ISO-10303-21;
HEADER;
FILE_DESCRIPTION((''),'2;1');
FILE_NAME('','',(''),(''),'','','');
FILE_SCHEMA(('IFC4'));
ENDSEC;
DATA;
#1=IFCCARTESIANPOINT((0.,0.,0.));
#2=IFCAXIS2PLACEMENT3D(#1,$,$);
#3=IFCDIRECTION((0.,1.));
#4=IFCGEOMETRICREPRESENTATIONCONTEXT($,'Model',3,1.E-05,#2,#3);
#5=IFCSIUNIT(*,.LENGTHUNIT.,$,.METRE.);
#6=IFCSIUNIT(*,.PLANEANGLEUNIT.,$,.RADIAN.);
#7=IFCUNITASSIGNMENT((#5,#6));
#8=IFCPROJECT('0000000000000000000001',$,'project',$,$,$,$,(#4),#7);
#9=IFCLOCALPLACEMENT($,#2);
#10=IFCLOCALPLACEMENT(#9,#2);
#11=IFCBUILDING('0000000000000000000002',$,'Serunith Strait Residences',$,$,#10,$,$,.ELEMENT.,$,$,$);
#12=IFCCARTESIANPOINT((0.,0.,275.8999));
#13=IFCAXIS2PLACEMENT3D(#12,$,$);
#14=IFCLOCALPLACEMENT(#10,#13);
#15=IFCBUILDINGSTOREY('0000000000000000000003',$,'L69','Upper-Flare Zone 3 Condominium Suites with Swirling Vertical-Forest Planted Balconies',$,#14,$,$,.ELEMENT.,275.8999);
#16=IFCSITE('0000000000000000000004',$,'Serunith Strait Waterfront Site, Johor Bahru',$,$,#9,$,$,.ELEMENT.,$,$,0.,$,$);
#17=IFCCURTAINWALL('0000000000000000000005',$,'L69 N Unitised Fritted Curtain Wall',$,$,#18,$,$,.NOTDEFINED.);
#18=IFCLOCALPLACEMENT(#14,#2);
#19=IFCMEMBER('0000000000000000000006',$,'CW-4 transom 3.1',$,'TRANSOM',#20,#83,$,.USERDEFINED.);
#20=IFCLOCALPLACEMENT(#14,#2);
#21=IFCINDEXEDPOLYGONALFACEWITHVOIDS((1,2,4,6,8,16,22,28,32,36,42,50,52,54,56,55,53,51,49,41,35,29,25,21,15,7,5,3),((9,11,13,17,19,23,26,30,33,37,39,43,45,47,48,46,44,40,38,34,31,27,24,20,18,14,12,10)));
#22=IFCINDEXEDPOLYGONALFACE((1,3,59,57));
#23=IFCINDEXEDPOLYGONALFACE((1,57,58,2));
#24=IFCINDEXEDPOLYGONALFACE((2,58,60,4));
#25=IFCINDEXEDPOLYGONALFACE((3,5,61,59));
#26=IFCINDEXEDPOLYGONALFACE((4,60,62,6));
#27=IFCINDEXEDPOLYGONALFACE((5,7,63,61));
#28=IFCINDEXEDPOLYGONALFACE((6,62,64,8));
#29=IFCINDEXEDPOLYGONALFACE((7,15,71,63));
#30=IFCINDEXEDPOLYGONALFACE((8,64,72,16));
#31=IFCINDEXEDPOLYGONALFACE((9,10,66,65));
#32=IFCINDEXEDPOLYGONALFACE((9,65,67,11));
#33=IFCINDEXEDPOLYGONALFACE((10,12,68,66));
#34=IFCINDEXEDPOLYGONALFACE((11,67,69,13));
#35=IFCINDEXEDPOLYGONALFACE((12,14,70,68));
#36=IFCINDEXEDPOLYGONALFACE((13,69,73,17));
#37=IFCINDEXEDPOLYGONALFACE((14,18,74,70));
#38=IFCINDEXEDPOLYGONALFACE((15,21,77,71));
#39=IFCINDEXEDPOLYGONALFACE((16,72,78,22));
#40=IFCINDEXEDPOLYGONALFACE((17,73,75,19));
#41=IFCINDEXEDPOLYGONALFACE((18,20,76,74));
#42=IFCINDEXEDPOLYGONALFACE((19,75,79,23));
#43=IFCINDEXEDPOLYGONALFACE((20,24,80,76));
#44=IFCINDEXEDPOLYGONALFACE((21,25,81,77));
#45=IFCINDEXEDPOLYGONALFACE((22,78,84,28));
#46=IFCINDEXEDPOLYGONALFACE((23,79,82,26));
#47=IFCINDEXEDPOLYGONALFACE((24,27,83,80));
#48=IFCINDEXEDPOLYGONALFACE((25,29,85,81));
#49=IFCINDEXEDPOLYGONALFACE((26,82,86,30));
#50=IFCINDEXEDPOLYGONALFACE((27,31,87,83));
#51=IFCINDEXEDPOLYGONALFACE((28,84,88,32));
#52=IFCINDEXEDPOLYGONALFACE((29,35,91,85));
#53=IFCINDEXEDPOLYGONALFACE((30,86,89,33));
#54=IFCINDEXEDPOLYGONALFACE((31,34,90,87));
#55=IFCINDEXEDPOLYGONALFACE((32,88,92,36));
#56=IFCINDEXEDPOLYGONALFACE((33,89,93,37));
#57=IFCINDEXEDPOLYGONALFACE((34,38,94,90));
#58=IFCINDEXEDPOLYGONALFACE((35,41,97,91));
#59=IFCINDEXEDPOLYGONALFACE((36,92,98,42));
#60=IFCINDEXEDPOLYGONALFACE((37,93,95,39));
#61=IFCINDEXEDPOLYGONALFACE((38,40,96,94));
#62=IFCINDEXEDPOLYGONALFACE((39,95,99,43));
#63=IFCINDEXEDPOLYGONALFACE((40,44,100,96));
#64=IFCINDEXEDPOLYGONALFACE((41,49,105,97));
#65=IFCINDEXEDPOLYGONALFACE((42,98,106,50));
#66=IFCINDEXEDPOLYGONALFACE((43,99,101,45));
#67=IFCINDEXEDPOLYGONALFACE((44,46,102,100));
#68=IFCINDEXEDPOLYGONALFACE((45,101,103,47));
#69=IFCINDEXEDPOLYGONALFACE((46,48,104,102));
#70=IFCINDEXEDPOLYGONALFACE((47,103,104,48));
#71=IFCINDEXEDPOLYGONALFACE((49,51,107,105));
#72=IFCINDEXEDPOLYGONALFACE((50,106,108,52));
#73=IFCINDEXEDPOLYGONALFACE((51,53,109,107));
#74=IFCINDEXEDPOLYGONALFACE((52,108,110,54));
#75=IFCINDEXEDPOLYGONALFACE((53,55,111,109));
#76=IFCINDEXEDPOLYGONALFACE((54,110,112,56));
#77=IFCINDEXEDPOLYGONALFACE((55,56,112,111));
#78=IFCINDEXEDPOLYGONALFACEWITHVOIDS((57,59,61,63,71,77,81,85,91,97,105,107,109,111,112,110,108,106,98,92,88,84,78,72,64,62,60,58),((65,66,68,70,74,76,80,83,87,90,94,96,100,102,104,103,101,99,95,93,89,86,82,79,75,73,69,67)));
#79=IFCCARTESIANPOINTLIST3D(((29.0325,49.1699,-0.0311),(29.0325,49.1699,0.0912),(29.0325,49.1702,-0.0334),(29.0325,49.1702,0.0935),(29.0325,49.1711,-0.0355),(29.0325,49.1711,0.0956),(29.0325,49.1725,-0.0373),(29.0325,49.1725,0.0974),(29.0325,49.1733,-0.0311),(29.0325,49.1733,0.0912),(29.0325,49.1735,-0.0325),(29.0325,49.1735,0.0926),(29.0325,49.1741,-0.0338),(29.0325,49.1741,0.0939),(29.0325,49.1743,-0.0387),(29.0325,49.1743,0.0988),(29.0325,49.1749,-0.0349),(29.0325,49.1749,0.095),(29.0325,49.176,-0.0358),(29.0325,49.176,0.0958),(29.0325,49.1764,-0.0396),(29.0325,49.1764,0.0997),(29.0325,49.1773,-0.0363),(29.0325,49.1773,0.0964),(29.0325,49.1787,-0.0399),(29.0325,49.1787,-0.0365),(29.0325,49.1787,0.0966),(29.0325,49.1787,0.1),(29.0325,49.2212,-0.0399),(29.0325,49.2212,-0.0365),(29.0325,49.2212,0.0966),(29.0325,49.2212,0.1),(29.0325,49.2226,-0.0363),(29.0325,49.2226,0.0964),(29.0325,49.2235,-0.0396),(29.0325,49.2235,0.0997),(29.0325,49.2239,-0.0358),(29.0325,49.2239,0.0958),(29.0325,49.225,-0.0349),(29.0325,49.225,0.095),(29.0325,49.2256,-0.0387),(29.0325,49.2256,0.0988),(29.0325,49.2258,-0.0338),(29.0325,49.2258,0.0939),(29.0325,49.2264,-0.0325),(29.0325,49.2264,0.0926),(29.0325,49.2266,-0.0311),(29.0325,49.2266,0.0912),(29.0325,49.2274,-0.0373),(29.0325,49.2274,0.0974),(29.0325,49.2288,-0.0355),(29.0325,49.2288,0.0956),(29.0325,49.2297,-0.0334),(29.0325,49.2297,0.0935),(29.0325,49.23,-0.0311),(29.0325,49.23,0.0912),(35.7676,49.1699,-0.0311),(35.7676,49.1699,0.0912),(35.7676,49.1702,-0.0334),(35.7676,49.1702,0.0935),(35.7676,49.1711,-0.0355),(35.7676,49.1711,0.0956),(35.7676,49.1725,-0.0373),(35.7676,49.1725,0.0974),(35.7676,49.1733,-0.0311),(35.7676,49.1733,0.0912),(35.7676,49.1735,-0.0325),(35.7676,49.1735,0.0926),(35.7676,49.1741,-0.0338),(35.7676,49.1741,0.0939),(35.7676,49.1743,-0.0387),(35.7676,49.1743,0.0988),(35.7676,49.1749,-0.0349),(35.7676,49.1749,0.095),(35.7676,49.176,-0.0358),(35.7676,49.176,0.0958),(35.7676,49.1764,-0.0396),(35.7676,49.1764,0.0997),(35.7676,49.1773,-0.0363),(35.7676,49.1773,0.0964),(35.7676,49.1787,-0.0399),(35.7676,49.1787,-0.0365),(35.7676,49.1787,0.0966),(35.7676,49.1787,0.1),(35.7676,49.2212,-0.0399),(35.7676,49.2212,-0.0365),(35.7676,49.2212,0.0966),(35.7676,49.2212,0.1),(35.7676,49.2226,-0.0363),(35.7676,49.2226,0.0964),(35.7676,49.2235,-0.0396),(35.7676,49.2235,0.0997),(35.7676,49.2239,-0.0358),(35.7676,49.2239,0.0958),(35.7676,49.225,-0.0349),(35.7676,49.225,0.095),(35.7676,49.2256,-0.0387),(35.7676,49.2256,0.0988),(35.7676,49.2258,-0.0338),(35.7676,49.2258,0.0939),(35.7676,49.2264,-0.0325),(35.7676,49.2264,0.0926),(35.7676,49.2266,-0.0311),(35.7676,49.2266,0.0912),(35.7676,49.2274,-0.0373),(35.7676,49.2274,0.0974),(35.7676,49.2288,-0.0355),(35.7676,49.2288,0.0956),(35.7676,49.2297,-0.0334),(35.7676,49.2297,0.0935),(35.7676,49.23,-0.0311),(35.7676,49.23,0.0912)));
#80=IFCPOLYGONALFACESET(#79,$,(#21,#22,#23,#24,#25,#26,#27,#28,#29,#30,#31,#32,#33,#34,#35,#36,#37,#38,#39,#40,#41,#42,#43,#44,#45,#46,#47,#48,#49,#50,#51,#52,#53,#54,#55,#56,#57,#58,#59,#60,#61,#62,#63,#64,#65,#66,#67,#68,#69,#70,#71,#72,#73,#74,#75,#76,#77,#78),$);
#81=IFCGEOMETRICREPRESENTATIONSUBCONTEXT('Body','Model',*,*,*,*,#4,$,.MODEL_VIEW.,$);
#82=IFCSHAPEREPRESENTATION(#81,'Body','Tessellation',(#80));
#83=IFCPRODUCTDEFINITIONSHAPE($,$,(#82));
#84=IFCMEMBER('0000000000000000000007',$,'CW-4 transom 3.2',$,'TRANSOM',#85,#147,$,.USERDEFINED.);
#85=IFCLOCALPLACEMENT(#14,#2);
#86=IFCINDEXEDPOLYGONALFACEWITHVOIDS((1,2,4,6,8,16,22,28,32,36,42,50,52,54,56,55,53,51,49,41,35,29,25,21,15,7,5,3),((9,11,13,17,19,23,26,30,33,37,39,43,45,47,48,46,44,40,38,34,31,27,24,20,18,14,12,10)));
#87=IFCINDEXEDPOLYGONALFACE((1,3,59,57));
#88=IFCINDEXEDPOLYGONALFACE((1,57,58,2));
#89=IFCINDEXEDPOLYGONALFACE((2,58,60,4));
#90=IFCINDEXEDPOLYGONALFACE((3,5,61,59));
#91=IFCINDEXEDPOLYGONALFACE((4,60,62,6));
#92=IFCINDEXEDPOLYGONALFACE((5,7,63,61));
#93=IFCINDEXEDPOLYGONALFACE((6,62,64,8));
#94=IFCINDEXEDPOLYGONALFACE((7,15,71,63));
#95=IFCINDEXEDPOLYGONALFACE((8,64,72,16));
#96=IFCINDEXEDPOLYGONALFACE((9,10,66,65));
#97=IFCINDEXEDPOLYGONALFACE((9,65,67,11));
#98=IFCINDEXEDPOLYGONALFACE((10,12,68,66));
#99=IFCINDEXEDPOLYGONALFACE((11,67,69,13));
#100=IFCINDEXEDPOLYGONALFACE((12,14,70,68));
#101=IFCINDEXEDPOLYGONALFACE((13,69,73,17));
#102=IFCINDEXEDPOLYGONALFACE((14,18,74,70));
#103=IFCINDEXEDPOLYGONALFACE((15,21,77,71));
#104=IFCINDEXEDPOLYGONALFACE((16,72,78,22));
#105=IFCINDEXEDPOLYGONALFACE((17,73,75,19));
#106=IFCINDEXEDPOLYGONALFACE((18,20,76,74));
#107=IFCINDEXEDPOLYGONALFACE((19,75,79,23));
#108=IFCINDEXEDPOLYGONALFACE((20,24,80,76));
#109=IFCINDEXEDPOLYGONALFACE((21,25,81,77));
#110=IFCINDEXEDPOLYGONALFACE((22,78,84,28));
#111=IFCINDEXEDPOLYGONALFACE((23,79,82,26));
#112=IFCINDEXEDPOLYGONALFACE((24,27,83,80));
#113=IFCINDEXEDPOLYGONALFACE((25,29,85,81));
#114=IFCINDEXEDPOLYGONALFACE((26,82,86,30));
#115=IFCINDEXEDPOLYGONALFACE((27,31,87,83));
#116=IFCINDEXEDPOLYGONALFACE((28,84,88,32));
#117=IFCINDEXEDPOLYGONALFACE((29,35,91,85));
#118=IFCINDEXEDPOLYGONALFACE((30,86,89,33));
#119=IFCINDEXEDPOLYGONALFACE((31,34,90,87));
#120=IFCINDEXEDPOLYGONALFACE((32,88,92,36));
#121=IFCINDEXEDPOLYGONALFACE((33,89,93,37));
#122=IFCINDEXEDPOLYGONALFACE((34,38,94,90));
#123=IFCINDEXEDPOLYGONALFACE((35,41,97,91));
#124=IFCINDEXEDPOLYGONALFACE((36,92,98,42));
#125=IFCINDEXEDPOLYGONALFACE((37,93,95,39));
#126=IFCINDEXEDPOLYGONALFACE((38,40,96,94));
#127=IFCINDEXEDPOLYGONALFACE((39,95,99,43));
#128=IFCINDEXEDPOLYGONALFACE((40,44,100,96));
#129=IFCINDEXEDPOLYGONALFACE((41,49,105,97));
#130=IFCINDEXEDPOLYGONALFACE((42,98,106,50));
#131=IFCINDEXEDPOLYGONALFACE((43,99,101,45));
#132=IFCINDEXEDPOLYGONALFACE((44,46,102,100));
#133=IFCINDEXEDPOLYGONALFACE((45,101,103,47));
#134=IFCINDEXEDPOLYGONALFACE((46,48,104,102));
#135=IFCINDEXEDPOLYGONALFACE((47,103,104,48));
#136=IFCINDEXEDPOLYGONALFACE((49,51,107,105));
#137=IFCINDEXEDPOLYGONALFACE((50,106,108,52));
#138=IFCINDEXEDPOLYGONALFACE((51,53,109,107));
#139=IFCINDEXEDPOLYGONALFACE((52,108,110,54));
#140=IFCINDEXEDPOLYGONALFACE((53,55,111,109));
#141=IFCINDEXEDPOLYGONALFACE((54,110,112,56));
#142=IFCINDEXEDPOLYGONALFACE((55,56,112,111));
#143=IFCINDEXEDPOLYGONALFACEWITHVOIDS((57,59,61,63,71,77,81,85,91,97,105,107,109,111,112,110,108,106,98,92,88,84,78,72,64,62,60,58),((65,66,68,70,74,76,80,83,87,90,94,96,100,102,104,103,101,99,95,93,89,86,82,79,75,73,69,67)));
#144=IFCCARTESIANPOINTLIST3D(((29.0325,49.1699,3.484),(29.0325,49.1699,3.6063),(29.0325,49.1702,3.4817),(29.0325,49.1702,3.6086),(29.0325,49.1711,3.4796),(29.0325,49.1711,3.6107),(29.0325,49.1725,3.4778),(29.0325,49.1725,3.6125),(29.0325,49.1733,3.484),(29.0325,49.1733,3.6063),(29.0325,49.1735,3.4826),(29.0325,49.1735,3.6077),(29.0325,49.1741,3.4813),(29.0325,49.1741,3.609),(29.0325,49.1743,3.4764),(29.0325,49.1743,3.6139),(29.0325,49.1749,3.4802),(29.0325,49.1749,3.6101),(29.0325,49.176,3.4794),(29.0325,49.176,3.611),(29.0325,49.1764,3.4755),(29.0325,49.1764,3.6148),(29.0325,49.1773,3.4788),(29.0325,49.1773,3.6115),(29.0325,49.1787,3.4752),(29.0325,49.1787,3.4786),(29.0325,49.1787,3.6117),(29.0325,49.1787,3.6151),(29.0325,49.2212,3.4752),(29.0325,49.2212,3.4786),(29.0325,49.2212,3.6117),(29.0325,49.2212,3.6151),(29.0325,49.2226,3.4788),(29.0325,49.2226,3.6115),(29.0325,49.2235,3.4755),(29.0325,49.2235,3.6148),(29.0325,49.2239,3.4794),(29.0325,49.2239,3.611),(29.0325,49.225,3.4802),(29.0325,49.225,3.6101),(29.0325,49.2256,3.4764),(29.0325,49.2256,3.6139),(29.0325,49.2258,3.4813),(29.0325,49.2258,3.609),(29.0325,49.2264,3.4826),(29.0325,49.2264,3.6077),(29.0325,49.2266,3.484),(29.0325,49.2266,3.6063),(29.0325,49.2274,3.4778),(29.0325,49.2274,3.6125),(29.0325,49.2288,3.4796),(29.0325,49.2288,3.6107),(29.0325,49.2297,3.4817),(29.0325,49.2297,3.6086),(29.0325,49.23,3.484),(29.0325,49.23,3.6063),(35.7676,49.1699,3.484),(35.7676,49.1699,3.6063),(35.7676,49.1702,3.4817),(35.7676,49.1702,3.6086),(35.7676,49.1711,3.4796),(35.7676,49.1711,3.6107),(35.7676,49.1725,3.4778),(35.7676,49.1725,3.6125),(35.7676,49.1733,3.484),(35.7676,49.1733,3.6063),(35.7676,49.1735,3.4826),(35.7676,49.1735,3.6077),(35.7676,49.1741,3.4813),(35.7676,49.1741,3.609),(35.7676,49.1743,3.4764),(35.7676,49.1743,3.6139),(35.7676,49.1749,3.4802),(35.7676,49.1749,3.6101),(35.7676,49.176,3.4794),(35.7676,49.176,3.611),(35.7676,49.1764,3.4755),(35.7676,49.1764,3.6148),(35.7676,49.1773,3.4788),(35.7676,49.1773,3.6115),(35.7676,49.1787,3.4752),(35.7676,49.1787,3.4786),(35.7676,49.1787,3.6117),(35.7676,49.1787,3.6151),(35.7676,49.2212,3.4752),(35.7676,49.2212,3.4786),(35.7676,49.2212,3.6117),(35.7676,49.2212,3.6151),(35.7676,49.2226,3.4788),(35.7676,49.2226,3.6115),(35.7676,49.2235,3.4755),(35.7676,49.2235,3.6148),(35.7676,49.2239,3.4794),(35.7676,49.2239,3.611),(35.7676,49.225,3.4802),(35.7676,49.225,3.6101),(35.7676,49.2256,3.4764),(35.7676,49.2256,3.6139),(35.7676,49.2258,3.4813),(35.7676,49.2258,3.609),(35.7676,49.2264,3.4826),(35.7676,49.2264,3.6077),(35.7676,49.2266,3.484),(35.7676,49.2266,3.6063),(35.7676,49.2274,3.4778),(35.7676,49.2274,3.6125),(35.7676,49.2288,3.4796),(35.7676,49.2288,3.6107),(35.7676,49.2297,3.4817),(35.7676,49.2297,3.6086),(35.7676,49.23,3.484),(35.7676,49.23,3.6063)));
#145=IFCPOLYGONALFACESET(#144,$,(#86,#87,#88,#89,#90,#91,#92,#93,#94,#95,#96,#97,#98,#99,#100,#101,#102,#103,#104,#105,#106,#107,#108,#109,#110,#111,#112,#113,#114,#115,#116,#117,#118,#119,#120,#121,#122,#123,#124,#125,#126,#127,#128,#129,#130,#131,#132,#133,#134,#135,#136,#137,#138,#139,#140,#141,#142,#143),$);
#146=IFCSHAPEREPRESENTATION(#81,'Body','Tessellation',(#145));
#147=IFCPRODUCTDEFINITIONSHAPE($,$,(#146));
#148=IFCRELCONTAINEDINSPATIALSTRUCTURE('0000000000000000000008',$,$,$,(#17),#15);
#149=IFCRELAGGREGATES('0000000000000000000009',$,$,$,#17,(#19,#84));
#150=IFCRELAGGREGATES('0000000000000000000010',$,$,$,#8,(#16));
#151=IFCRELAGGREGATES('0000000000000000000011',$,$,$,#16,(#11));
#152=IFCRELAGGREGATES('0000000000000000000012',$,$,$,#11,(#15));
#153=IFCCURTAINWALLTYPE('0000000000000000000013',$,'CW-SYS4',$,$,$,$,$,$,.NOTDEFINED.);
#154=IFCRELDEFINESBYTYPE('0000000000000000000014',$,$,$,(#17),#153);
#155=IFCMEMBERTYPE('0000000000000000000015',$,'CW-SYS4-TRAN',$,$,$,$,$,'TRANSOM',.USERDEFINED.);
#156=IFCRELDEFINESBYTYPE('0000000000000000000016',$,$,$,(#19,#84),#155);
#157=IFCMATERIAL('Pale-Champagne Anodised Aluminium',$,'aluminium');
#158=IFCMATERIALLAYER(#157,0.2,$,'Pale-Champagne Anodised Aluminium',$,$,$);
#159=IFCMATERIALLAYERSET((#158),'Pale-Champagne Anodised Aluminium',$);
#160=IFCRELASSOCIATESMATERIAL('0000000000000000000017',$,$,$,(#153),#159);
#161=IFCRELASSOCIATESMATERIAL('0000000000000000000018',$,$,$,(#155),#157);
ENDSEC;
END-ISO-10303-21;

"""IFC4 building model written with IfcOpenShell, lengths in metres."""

from ifc_helpers import new_model, si_unit, direction, frame, origin, origin_2d, place, context, subcontext, project, spatial, hollow_rectangle, extrude, source, transform, mapped, material, layer, layer_set, material_profile, profile_set, type_object, element, aggregate, save


model = new_model("IFC4")

# Units and contexts
model_context = context("Model", 3, precision=1e-05, world=origin(), true_north=direction((0.0, 1.0)))
body_context = subcontext(model_context, "Body", "Model", "MODEL_VIEW")
ifc_project = project(units=[si_unit("LENGTHUNIT", "METRE"), si_unit("PLANEANGLEUNIT", "RADIAN")], contexts=[model_context])

# Site, building, storey
site_placement = place(None, origin())
site = spatial("IfcSite", under=ifc_project, at=site_placement, Name="Serunith Strait Waterfront Site, Johor Bahru", CompositionType="ELEMENT", RefElevation=0.0)
building_placement = place(site_placement, origin())
building = spatial("IfcBuilding", under=site, at=building_placement, Name="Serunith Strait Residences", CompositionType="ELEMENT")
storey_placement = place(building_placement, frame((0.0, 0.0, 275.8999)))
storey = spatial("IfcBuildingStorey", under=building, at=storey_placement, Name="L69", Description="Upper-Flare Zone 3 Condominium Suites with Swirling Vertical-Forest Planted Balconies", CompositionType="ELEMENT", Elevation=275.8999)

# Curtain wall, members
ifc_material_1 = material(Name="Pale-Champagne Anodised Aluminium", Category="aluminium")
ifc_layer_1 = layer(ifc_material_1, 0.2, Name="Pale-Champagne Anodised Aluminium")
ifc_layer_set_1 = layer_set([ifc_layer_1], Name="Pale-Champagne Anodised Aluminium")
curtain_wall_type = type_object("IfcCurtainWallType", Name="CW-SYS4", PredefinedType="NOTDEFINED", material=ifc_layer_set_1)
curtain_wall_placement = place(storey_placement, origin())
curtain_wall = element("IfcCurtainWall", 1, at=curtain_wall_placement, inside=storey, type_object=curtain_wall_type, Name="L69 N Unitised Fritted Curtain Wall", PredefinedType="NOTDEFINED")
ifc_material_profile_1 = material_profile(ifc_material_1, hollow_rectangle(XDim=0.0601, YDim=0.1399, WallThickness=0.0034, InnerFilletRadius=0.0054, OuterFilletRadius=0.0088, at=origin_2d()), Name="ALU 140x60x3.5")
ifc_profile_set_1 = profile_set([ifc_material_profile_1], Name="Pale-Champagne Anodised Aluminium")
member_type_1 = type_object("IfcMemberType", Name="CW-SYS4-TRAN", ElementType="TRANSOM", PredefinedType="USERDEFINED", material=ifc_profile_set_1)
shared_shape_1 = source(origin(), body_context, "Body", "SweptSolid", [
    extrude(hollow_rectangle(XDim=0.0601, YDim=0.1399, WallThickness=0.0034, InnerFilletRadius=0.0054, OuterFilletRadius=0.0088, at=origin_2d()), origin(), (0.0, 0.0, 1.0), 6.7351),
])
member_1_placement = place(storey_placement, frame((35.7676, 49.2, 0.03), z_axis=(-1.0, 0.0, 0.0), x_axis=(0.0, -1.0, 0.0)))
member_1 = element("IfcMember", 2, at=member_1_placement, type_object=member_type_1, Name="CW-4 transom 3.1", ObjectType="TRANSOM", PredefinedType="USERDEFINED", context=body_context, shape_type="MappedRepresentation", body=[
    mapped(shared_shape_1, transform((0.0, 0.0, 0.0), scale=1.0)),
])
member_2_placement = place(storey_placement, frame((35.7676, 49.2, 3.5452), z_axis=(-1.0, 0.0, 0.0), x_axis=(0.0, -1.0, 0.0)))
member_2 = element("IfcMember", 3, at=member_2_placement, type_object=member_type_1, Name="CW-4 transom 3.2", ObjectType="TRANSOM", PredefinedType="USERDEFINED", context=body_context, shape_type="MappedRepresentation", body=[
    mapped(shared_shape_1, transform((0.0, 0.0, 0.0), scale=1.0)),
])
aggregate(curtain_wall, [member_1, member_2])

save(model, "model.ifc")
